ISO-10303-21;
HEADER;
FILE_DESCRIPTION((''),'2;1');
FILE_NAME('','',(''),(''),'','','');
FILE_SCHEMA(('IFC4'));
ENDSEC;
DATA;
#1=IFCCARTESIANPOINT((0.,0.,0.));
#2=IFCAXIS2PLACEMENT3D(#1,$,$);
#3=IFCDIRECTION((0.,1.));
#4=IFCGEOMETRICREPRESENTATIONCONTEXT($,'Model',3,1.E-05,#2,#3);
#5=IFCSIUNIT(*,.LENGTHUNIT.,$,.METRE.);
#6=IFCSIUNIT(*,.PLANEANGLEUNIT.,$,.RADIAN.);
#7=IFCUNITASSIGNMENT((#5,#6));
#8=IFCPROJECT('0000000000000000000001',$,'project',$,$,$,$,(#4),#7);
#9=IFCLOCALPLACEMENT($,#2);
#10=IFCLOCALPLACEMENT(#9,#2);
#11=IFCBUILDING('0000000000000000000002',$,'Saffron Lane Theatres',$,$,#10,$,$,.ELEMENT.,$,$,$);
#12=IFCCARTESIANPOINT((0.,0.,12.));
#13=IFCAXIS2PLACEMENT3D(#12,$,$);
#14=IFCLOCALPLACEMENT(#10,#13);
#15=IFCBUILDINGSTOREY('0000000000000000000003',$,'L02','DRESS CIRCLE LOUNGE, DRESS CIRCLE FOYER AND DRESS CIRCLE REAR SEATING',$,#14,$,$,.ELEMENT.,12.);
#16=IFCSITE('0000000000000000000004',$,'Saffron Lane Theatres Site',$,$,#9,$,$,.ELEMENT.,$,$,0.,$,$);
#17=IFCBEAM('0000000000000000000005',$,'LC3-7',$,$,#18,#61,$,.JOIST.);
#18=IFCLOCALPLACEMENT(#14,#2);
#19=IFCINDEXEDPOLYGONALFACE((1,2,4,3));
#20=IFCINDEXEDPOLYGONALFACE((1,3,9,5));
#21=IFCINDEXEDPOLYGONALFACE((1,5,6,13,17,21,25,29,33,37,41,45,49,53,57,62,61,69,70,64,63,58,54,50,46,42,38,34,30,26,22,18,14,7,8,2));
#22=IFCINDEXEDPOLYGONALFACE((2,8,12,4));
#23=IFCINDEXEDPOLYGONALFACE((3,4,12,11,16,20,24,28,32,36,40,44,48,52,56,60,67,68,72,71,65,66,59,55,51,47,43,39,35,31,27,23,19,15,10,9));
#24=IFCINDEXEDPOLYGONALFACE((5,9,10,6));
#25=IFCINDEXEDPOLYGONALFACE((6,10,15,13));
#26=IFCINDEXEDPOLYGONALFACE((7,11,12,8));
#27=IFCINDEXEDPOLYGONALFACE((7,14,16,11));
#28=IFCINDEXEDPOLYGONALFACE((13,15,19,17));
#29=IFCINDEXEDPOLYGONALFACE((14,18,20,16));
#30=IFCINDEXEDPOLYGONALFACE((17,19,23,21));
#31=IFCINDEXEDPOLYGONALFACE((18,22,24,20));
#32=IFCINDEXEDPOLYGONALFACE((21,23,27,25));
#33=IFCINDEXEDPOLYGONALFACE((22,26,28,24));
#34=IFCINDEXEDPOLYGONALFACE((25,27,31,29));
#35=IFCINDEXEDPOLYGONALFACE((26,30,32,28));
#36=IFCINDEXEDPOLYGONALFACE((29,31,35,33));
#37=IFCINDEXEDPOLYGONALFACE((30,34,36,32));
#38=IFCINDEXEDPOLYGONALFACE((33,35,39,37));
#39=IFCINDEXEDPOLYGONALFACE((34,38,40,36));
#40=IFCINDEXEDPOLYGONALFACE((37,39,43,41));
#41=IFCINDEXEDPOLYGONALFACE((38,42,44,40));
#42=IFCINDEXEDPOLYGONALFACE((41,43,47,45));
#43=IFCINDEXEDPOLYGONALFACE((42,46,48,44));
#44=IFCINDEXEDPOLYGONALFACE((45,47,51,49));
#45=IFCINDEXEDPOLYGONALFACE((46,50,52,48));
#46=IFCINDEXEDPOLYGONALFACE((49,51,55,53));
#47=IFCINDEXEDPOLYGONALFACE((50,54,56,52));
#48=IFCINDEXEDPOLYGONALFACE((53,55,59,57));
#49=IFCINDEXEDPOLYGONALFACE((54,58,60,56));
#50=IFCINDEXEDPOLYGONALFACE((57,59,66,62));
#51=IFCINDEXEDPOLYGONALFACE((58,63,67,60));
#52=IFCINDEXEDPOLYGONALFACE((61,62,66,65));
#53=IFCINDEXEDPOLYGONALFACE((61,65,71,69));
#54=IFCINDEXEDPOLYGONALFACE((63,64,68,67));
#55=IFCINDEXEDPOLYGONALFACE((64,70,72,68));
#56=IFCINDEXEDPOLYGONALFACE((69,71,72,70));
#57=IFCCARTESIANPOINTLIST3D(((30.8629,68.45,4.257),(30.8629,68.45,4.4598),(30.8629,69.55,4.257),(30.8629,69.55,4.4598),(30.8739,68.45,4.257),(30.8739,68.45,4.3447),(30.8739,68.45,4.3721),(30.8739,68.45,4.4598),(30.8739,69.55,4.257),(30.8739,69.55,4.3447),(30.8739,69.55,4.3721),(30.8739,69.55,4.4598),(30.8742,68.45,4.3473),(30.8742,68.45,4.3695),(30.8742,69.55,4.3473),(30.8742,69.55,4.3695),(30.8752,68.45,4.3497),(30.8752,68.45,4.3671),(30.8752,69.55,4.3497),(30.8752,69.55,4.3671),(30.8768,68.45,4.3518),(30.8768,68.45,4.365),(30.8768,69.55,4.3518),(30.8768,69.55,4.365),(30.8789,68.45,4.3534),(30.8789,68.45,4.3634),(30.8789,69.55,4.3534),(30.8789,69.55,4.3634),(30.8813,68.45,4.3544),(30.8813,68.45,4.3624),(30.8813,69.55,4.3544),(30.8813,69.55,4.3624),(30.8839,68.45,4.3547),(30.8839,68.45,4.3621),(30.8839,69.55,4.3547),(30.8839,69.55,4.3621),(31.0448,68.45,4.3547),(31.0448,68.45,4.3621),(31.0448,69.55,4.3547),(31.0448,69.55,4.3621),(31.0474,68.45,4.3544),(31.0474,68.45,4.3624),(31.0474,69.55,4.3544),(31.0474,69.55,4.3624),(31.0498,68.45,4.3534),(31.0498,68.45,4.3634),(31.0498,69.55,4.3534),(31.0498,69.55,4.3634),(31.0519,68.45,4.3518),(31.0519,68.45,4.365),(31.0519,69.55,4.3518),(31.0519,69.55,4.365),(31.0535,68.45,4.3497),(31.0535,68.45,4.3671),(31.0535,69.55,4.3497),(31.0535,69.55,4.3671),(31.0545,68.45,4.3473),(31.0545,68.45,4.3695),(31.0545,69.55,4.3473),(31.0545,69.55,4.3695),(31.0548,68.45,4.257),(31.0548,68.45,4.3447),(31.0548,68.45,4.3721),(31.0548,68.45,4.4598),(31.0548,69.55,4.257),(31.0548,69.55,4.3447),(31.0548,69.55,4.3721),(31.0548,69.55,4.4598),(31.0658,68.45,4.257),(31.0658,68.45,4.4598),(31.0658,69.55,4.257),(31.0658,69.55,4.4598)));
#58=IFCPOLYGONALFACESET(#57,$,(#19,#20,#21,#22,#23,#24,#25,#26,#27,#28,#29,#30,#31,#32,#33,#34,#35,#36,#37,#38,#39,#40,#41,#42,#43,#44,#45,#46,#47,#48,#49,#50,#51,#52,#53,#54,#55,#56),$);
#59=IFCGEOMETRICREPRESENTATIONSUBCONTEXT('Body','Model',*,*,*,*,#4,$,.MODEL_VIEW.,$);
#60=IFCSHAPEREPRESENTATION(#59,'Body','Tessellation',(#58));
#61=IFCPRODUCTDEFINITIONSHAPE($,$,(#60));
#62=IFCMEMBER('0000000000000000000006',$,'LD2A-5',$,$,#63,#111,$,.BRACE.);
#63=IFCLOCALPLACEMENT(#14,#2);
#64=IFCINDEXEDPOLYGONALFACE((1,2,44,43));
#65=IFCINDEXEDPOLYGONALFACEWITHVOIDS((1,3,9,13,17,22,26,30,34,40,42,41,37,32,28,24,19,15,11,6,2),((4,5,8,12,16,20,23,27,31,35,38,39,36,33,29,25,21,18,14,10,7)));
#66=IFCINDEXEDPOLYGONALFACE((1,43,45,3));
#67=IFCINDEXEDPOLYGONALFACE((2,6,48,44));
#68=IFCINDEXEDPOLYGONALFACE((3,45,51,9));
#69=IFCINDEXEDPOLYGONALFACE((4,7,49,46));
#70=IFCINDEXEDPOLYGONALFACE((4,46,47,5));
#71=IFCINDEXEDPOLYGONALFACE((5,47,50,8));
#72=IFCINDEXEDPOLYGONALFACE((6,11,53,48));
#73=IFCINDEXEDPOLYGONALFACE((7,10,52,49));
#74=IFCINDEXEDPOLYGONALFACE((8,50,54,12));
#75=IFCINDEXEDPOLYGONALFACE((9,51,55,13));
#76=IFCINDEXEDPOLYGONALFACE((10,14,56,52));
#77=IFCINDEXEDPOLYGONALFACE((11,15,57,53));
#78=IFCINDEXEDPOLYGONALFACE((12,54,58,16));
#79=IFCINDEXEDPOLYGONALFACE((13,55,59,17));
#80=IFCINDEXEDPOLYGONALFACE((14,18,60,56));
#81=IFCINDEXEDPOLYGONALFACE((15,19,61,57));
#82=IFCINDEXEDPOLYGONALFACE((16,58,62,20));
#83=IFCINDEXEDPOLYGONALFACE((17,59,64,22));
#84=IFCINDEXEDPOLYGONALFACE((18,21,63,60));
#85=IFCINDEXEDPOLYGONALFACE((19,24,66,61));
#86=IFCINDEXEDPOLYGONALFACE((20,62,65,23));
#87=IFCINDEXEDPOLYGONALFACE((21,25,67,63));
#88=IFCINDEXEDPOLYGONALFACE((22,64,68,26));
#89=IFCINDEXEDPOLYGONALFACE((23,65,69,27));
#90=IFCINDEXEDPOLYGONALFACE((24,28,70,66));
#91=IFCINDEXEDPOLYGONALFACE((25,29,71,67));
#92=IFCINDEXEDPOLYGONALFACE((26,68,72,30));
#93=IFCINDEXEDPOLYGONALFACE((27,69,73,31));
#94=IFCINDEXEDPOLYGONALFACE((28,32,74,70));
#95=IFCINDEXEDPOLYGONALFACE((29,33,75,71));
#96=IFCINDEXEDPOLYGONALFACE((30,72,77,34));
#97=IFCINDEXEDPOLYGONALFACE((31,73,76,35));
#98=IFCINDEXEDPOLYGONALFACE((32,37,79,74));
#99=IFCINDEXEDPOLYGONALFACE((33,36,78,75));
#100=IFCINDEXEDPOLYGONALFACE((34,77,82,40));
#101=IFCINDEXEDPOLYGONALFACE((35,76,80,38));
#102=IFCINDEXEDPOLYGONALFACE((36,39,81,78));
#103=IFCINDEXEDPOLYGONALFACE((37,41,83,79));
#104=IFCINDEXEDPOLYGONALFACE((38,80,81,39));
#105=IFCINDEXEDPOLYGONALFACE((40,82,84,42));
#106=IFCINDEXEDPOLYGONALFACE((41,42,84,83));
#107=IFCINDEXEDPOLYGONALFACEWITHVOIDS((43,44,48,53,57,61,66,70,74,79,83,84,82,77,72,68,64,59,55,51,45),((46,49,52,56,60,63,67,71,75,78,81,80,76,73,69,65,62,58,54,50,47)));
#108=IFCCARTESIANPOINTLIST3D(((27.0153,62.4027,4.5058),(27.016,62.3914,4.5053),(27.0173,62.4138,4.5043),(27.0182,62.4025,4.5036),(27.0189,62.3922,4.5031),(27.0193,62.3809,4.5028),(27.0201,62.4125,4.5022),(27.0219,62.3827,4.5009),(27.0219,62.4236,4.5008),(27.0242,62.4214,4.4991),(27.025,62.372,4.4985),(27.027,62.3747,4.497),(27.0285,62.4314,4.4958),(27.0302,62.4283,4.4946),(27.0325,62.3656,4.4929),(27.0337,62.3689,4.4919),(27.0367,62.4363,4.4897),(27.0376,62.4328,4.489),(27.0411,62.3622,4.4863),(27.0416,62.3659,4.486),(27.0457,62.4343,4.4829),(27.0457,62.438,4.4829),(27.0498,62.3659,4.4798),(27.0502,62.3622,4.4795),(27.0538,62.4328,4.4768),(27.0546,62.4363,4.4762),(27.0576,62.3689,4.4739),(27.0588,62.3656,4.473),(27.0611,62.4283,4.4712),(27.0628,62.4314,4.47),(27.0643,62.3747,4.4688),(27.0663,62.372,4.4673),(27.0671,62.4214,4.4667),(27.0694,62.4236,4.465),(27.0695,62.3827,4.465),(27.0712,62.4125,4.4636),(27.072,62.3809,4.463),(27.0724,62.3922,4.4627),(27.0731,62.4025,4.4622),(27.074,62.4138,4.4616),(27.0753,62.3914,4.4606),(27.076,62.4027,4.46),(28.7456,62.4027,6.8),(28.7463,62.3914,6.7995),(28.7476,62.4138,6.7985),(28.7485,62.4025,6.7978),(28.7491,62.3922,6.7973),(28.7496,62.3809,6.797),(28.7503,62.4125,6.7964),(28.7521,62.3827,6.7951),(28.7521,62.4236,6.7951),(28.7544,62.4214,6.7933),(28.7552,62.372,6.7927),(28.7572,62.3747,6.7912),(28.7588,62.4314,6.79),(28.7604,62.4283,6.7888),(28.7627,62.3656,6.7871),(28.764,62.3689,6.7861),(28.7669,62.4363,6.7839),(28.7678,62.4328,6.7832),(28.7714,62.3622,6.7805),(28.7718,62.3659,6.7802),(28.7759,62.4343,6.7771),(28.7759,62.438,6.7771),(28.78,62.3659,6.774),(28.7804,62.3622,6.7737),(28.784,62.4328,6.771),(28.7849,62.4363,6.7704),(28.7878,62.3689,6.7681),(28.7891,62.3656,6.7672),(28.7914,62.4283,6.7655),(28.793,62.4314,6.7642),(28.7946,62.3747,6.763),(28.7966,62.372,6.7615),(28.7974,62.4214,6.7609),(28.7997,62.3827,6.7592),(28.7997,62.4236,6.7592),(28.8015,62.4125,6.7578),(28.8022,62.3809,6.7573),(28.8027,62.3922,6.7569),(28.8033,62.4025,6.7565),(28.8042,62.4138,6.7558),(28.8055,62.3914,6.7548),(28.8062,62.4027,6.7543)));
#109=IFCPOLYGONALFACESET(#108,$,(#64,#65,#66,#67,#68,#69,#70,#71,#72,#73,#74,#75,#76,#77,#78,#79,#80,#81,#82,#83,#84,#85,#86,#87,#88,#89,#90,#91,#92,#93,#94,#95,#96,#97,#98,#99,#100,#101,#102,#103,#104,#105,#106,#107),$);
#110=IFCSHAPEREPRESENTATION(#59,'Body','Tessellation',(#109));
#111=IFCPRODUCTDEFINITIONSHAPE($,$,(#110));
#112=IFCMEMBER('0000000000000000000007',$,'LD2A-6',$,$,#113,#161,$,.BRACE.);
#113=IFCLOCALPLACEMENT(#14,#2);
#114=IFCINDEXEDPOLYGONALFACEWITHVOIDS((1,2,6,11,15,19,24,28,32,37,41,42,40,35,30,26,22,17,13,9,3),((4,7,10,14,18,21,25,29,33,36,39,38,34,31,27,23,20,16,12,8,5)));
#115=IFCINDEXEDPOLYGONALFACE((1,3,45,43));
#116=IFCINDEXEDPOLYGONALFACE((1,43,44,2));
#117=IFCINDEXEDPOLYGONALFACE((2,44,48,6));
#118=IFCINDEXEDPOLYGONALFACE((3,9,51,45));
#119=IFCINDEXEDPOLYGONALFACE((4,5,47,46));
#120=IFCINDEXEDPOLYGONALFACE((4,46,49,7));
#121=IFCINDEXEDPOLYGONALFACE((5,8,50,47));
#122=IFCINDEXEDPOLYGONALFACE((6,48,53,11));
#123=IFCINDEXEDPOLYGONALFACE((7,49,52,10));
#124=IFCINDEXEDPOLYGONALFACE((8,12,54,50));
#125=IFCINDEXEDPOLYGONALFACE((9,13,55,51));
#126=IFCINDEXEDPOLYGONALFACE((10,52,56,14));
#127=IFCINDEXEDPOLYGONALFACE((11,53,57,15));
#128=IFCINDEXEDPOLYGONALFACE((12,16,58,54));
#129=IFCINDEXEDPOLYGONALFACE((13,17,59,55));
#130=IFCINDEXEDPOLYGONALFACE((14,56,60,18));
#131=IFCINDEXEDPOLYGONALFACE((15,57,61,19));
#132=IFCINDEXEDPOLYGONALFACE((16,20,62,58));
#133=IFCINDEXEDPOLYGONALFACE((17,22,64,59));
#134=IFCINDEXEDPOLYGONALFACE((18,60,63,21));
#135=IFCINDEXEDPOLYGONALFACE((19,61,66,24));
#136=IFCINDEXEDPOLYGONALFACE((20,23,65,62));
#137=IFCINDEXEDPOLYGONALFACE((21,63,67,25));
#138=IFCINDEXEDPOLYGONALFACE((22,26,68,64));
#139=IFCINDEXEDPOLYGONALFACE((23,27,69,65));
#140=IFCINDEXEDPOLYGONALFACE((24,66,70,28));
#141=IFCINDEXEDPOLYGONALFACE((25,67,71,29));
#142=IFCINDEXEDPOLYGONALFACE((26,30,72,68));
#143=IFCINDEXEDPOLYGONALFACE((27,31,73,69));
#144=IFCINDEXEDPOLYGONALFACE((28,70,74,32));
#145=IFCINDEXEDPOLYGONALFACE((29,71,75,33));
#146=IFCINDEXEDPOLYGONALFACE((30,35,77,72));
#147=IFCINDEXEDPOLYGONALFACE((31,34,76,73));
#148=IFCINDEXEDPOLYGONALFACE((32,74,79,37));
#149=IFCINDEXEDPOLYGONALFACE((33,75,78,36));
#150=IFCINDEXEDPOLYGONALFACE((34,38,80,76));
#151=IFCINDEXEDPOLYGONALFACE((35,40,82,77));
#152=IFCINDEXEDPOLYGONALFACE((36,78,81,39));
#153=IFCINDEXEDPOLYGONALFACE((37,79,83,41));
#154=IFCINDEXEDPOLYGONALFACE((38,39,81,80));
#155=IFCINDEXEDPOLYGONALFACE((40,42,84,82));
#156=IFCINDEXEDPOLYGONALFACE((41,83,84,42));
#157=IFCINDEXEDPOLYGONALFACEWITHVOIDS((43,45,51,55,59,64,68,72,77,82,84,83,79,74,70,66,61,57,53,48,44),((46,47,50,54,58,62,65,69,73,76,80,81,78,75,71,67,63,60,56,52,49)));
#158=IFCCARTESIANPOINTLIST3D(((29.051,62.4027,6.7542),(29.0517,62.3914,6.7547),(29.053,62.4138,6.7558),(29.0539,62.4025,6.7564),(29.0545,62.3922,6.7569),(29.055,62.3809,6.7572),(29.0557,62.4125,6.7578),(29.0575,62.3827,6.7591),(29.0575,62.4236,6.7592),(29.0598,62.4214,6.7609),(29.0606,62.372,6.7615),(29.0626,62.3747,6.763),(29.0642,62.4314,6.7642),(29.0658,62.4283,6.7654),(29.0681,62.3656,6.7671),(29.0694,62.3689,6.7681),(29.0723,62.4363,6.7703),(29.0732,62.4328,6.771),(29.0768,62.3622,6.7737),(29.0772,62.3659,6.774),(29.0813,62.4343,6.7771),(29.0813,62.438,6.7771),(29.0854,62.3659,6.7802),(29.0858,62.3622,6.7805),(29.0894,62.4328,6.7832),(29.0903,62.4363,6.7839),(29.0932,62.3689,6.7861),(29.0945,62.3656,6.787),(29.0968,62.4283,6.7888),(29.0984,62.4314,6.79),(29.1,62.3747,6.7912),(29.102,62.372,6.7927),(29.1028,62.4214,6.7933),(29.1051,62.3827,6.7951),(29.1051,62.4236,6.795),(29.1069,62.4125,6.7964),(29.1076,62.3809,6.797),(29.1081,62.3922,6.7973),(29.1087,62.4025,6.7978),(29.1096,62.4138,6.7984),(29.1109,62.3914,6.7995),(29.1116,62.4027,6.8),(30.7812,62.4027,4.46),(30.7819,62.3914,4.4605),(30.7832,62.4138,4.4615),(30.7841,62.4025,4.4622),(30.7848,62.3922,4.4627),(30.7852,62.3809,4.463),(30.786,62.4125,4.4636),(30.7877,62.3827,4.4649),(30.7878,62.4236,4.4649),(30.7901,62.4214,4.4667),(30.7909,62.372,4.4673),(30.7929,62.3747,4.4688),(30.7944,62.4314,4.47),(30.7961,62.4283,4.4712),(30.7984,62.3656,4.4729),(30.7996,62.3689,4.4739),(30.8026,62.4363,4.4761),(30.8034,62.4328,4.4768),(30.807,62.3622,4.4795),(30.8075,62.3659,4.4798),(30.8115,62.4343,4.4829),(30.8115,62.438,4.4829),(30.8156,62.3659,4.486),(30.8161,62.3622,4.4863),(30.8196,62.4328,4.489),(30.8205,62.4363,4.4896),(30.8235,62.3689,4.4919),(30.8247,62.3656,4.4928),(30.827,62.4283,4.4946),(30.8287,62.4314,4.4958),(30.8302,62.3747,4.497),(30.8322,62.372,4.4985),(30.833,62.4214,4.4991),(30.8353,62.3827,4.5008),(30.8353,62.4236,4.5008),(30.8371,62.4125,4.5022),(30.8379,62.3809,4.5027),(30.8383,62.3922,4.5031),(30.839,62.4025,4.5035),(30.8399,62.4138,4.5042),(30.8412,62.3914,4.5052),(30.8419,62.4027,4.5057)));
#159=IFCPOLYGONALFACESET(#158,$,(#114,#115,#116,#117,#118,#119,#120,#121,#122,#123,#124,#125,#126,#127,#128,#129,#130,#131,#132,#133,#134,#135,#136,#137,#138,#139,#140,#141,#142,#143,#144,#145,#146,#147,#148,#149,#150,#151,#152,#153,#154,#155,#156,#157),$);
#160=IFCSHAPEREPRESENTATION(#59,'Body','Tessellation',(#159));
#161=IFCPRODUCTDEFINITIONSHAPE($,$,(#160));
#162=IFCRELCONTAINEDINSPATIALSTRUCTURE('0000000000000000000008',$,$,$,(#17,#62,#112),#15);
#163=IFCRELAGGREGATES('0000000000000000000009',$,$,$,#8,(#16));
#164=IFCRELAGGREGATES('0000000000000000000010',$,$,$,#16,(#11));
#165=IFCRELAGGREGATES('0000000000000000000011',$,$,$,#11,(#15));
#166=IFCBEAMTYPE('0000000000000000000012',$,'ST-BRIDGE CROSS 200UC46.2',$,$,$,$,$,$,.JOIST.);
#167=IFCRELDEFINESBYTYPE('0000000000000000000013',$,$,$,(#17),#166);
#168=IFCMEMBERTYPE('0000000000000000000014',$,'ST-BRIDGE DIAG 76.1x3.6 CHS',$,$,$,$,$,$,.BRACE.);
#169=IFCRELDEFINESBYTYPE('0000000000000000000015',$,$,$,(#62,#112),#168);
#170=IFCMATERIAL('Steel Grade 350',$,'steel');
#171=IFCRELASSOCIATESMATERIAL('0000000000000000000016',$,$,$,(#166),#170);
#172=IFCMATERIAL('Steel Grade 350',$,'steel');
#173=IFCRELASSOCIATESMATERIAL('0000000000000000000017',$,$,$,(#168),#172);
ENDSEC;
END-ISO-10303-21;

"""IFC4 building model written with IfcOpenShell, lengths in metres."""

from ifc_helpers import new_model, si_unit, direction, frame, origin, origin_2d, place, context, subcontext, project, spatial, hollow_circle, i_section, extrude, material, material_profile, profile_set, type_object, element, save


model = new_model("IFC4")

# Units and contexts
model_context = context("Model", 3, precision=1e-05, world=origin(), true_north=direction((0.0, 1.0)))
body_context = subcontext(model_context, "Body", "Model", "MODEL_VIEW")
ifc_project = project(units=[si_unit("LENGTHUNIT", "METRE"), si_unit("PLANEANGLEUNIT", "RADIAN")], contexts=[model_context])

# Site, building, storey
site_placement = place(None, origin())
site = spatial("IfcSite", under=ifc_project, at=site_placement, Name="Saffron Lane Theatres Site", CompositionType="ELEMENT", RefElevation=0.0)
building_placement = place(site_placement, origin())
building = spatial("IfcBuilding", under=site, at=building_placement, Name="Saffron Lane Theatres", CompositionType="ELEMENT")
storey_placement = place(building_placement, frame((0.0, 0.0, 12.0)))
storey = spatial("IfcBuildingStorey", under=building, at=storey_placement, Name="L02", Description="DRESS CIRCLE LOUNGE, DRESS CIRCLE FOYER AND DRESS CIRCLE REAR SEATING", CompositionType="ELEMENT", Elevation=12.0)

# Beam
ifc_material_1 = material(Name="Steel Grade 350", Category="steel")
ifc_material_profile_1 = material_profile(ifc_material_1, i_section(OverallWidth=0.2029, OverallDepth=0.2029, WebThickness=0.0073, FlangeThickness=0.011, FilletRadius=0.01, at=origin_2d()))
ifc_profile_set_1 = profile_set([ifc_material_profile_1], Name="Steel Grade 350")
beam_type = type_object("IfcBeamType", Name="ST-BRIDGE CROSS 200UC46.2", PredefinedType="JOIST", material=ifc_profile_set_1)
for number, where, z_axis, x_axis, name in (
    (1, (30.9644, 68.45, 4.3584), (0.0, 1.0, 0.0), (0.0, 0.0, 1.0), "LC3-7"),
):
    element("IfcBeam", number, at=place(storey_placement, frame(where, z_axis=z_axis, x_axis=x_axis)), inside=storey, type_object=beam_type, Name=name, PredefinedType="JOIST", context=body_context, shape_type="SweptSolid", body=[
        extrude(i_section(OverallWidth=0.2029, OverallDepth=0.2029, WebThickness=0.0073, FlangeThickness=0.011, FilletRadius=0.01, at=origin_2d()), origin(), (0.0, 0.0, 1.0), 1.1001),
    ])

# Members
ifc_material_2 = material(Name="Steel Grade 350", Category="steel")
ifc_material_profile_2 = material_profile(ifc_material_2, hollow_circle(Radius=0.0381, WallThickness=0.0037, at=origin_2d()))
ifc_profile_set_2 = profile_set([ifc_material_profile_2], Name="Steel Grade 350")
member_type = type_object("IfcMemberType", Name="ST-BRIDGE DIAG 76.1x3.6 CHS", PredefinedType="BRACE", material=ifc_profile_set_2)
for number, where, z_axis, x_axis, name in (
    (2, (27.0457, 62.3999, 4.4829), (0.602132, 0.0, 0.798396), (0.0, 1.0, 0.0), "LD2A-5"),
    (3, (29.0813, 62.3999, 6.7771), (0.602132, 0.0, -0.798396), (0.0, 1.0, 0.0), "LD2A-6"),
):
    element("IfcMember", number, at=place(storey_placement, frame(where, z_axis=z_axis, x_axis=x_axis)), inside=storey, type_object=member_type, Name=name, PredefinedType="BRACE", context=body_context, shape_type="SweptSolid", body=[
        extrude(hollow_circle(Radius=0.0381, WallThickness=0.0037, at=origin_2d()), origin(), (0.0, 0.0, 1.0), 2.8735),
    ])

save(model, "model.ifc")
